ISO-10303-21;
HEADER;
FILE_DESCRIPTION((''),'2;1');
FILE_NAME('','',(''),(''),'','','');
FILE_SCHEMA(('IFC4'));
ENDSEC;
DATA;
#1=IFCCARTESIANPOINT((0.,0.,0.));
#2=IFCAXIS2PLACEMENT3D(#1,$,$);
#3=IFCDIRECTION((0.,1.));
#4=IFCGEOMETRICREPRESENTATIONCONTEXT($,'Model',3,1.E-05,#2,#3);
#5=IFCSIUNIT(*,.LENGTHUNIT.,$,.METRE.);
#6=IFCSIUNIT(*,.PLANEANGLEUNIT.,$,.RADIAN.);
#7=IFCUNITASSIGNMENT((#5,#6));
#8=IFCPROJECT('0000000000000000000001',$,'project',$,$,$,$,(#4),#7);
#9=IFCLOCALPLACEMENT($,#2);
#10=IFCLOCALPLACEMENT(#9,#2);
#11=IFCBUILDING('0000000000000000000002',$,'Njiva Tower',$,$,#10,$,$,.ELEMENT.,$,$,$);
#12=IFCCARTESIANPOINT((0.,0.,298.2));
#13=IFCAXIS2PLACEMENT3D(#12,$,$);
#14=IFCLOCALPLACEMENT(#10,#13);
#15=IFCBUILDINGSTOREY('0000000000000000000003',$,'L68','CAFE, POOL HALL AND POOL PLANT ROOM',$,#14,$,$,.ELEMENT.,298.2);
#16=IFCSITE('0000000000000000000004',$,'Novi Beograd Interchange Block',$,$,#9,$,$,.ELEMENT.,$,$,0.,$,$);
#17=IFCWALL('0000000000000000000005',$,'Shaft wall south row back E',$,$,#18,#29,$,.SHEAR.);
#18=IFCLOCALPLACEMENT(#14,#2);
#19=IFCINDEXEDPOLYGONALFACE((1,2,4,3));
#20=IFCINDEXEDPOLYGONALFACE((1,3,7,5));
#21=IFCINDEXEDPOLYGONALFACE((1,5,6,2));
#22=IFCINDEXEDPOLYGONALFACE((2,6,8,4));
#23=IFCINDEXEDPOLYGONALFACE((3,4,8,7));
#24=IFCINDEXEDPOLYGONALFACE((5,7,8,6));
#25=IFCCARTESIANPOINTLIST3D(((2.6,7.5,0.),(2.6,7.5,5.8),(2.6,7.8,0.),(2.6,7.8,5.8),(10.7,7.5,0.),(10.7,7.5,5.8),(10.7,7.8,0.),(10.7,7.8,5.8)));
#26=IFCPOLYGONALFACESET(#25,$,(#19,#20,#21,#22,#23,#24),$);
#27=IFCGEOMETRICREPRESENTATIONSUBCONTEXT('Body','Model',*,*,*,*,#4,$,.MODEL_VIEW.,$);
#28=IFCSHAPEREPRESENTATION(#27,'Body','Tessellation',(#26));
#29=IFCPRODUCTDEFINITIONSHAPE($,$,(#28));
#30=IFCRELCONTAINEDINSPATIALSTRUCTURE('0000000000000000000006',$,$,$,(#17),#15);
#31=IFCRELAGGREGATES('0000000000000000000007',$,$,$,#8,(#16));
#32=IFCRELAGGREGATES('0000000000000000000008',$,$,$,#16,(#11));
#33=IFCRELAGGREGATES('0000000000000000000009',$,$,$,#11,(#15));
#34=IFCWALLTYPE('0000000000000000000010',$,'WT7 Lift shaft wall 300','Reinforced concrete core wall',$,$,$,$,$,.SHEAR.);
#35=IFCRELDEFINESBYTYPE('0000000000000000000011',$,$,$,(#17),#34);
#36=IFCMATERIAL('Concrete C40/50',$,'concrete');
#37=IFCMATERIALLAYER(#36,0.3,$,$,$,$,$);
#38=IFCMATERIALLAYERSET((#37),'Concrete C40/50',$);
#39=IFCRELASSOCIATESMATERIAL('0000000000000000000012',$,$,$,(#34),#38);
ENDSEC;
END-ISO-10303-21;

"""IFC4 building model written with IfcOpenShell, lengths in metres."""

from ifc_helpers import new_model, si_unit, direction, frame, frame_2d, origin, place, context, subcontext, project, spatial, rectangle, extrude, material, layer, layer_set, type_object, element, save


model = new_model("IFC4")

# Units and contexts
model_context = context("Model", 3, precision=1e-05, world=origin(), true_north=direction((0.0, 1.0)))
body_context = subcontext(model_context, "Body", "Model", "MODEL_VIEW")
ifc_project = project(units=[si_unit("LENGTHUNIT", "METRE"), si_unit("PLANEANGLEUNIT", "RADIAN")], contexts=[model_context])

# Site, building, storey
site_placement = place(None, origin())
site = spatial("IfcSite", under=ifc_project, at=site_placement, Name="Novi Beograd Interchange Block", CompositionType="ELEMENT", RefElevation=0.0)
building_placement = place(site_placement, origin())
building = spatial("IfcBuilding", under=site, at=building_placement, Name="Njiva Tower", CompositionType="ELEMENT")
storey_placement = place(building_placement, frame((0.0, 0.0, 298.2)))
storey = spatial("IfcBuildingStorey", under=building, at=storey_placement, Name="L68", Description="CAFE, POOL HALL AND POOL PLANT ROOM", CompositionType="ELEMENT", Elevation=298.2)

# Shared definitions
ifc_material_1 = material(Name="Concrete C40/50", Category="concrete")

# Shared definitions
ifc_layer_1 = layer(ifc_material_1, 0.3)
ifc_layer_set_1 = layer_set([ifc_layer_1], Name="Concrete C40/50")
wall_type_1 = type_object("IfcWallType", Name="WT7 Lift shaft wall 300", Description="Reinforced concrete core wall", PredefinedType="SHEAR", material=ifc_layer_set_1)

# Wall
wall_1_placement = place(storey_placement, frame((2.6, 7.65, 0.0), z_axis=(0.0, 0.0, 1.0), x_axis=(1.0, 0.0, 0.0)))
element("IfcWall", 1, at=wall_1_placement, inside=storey, type_object=wall_type_1, Name="Shaft wall south row back E", PredefinedType="SHEAR", context=body_context, shape_type="SweptSolid", body=[
    extrude(rectangle(XDim=8.1, YDim=0.3, at=frame_2d((4.05, 0.0))), origin(), (0.0, 0.0, 1.0), 5.8),
])

save(model, "model.ifc")
